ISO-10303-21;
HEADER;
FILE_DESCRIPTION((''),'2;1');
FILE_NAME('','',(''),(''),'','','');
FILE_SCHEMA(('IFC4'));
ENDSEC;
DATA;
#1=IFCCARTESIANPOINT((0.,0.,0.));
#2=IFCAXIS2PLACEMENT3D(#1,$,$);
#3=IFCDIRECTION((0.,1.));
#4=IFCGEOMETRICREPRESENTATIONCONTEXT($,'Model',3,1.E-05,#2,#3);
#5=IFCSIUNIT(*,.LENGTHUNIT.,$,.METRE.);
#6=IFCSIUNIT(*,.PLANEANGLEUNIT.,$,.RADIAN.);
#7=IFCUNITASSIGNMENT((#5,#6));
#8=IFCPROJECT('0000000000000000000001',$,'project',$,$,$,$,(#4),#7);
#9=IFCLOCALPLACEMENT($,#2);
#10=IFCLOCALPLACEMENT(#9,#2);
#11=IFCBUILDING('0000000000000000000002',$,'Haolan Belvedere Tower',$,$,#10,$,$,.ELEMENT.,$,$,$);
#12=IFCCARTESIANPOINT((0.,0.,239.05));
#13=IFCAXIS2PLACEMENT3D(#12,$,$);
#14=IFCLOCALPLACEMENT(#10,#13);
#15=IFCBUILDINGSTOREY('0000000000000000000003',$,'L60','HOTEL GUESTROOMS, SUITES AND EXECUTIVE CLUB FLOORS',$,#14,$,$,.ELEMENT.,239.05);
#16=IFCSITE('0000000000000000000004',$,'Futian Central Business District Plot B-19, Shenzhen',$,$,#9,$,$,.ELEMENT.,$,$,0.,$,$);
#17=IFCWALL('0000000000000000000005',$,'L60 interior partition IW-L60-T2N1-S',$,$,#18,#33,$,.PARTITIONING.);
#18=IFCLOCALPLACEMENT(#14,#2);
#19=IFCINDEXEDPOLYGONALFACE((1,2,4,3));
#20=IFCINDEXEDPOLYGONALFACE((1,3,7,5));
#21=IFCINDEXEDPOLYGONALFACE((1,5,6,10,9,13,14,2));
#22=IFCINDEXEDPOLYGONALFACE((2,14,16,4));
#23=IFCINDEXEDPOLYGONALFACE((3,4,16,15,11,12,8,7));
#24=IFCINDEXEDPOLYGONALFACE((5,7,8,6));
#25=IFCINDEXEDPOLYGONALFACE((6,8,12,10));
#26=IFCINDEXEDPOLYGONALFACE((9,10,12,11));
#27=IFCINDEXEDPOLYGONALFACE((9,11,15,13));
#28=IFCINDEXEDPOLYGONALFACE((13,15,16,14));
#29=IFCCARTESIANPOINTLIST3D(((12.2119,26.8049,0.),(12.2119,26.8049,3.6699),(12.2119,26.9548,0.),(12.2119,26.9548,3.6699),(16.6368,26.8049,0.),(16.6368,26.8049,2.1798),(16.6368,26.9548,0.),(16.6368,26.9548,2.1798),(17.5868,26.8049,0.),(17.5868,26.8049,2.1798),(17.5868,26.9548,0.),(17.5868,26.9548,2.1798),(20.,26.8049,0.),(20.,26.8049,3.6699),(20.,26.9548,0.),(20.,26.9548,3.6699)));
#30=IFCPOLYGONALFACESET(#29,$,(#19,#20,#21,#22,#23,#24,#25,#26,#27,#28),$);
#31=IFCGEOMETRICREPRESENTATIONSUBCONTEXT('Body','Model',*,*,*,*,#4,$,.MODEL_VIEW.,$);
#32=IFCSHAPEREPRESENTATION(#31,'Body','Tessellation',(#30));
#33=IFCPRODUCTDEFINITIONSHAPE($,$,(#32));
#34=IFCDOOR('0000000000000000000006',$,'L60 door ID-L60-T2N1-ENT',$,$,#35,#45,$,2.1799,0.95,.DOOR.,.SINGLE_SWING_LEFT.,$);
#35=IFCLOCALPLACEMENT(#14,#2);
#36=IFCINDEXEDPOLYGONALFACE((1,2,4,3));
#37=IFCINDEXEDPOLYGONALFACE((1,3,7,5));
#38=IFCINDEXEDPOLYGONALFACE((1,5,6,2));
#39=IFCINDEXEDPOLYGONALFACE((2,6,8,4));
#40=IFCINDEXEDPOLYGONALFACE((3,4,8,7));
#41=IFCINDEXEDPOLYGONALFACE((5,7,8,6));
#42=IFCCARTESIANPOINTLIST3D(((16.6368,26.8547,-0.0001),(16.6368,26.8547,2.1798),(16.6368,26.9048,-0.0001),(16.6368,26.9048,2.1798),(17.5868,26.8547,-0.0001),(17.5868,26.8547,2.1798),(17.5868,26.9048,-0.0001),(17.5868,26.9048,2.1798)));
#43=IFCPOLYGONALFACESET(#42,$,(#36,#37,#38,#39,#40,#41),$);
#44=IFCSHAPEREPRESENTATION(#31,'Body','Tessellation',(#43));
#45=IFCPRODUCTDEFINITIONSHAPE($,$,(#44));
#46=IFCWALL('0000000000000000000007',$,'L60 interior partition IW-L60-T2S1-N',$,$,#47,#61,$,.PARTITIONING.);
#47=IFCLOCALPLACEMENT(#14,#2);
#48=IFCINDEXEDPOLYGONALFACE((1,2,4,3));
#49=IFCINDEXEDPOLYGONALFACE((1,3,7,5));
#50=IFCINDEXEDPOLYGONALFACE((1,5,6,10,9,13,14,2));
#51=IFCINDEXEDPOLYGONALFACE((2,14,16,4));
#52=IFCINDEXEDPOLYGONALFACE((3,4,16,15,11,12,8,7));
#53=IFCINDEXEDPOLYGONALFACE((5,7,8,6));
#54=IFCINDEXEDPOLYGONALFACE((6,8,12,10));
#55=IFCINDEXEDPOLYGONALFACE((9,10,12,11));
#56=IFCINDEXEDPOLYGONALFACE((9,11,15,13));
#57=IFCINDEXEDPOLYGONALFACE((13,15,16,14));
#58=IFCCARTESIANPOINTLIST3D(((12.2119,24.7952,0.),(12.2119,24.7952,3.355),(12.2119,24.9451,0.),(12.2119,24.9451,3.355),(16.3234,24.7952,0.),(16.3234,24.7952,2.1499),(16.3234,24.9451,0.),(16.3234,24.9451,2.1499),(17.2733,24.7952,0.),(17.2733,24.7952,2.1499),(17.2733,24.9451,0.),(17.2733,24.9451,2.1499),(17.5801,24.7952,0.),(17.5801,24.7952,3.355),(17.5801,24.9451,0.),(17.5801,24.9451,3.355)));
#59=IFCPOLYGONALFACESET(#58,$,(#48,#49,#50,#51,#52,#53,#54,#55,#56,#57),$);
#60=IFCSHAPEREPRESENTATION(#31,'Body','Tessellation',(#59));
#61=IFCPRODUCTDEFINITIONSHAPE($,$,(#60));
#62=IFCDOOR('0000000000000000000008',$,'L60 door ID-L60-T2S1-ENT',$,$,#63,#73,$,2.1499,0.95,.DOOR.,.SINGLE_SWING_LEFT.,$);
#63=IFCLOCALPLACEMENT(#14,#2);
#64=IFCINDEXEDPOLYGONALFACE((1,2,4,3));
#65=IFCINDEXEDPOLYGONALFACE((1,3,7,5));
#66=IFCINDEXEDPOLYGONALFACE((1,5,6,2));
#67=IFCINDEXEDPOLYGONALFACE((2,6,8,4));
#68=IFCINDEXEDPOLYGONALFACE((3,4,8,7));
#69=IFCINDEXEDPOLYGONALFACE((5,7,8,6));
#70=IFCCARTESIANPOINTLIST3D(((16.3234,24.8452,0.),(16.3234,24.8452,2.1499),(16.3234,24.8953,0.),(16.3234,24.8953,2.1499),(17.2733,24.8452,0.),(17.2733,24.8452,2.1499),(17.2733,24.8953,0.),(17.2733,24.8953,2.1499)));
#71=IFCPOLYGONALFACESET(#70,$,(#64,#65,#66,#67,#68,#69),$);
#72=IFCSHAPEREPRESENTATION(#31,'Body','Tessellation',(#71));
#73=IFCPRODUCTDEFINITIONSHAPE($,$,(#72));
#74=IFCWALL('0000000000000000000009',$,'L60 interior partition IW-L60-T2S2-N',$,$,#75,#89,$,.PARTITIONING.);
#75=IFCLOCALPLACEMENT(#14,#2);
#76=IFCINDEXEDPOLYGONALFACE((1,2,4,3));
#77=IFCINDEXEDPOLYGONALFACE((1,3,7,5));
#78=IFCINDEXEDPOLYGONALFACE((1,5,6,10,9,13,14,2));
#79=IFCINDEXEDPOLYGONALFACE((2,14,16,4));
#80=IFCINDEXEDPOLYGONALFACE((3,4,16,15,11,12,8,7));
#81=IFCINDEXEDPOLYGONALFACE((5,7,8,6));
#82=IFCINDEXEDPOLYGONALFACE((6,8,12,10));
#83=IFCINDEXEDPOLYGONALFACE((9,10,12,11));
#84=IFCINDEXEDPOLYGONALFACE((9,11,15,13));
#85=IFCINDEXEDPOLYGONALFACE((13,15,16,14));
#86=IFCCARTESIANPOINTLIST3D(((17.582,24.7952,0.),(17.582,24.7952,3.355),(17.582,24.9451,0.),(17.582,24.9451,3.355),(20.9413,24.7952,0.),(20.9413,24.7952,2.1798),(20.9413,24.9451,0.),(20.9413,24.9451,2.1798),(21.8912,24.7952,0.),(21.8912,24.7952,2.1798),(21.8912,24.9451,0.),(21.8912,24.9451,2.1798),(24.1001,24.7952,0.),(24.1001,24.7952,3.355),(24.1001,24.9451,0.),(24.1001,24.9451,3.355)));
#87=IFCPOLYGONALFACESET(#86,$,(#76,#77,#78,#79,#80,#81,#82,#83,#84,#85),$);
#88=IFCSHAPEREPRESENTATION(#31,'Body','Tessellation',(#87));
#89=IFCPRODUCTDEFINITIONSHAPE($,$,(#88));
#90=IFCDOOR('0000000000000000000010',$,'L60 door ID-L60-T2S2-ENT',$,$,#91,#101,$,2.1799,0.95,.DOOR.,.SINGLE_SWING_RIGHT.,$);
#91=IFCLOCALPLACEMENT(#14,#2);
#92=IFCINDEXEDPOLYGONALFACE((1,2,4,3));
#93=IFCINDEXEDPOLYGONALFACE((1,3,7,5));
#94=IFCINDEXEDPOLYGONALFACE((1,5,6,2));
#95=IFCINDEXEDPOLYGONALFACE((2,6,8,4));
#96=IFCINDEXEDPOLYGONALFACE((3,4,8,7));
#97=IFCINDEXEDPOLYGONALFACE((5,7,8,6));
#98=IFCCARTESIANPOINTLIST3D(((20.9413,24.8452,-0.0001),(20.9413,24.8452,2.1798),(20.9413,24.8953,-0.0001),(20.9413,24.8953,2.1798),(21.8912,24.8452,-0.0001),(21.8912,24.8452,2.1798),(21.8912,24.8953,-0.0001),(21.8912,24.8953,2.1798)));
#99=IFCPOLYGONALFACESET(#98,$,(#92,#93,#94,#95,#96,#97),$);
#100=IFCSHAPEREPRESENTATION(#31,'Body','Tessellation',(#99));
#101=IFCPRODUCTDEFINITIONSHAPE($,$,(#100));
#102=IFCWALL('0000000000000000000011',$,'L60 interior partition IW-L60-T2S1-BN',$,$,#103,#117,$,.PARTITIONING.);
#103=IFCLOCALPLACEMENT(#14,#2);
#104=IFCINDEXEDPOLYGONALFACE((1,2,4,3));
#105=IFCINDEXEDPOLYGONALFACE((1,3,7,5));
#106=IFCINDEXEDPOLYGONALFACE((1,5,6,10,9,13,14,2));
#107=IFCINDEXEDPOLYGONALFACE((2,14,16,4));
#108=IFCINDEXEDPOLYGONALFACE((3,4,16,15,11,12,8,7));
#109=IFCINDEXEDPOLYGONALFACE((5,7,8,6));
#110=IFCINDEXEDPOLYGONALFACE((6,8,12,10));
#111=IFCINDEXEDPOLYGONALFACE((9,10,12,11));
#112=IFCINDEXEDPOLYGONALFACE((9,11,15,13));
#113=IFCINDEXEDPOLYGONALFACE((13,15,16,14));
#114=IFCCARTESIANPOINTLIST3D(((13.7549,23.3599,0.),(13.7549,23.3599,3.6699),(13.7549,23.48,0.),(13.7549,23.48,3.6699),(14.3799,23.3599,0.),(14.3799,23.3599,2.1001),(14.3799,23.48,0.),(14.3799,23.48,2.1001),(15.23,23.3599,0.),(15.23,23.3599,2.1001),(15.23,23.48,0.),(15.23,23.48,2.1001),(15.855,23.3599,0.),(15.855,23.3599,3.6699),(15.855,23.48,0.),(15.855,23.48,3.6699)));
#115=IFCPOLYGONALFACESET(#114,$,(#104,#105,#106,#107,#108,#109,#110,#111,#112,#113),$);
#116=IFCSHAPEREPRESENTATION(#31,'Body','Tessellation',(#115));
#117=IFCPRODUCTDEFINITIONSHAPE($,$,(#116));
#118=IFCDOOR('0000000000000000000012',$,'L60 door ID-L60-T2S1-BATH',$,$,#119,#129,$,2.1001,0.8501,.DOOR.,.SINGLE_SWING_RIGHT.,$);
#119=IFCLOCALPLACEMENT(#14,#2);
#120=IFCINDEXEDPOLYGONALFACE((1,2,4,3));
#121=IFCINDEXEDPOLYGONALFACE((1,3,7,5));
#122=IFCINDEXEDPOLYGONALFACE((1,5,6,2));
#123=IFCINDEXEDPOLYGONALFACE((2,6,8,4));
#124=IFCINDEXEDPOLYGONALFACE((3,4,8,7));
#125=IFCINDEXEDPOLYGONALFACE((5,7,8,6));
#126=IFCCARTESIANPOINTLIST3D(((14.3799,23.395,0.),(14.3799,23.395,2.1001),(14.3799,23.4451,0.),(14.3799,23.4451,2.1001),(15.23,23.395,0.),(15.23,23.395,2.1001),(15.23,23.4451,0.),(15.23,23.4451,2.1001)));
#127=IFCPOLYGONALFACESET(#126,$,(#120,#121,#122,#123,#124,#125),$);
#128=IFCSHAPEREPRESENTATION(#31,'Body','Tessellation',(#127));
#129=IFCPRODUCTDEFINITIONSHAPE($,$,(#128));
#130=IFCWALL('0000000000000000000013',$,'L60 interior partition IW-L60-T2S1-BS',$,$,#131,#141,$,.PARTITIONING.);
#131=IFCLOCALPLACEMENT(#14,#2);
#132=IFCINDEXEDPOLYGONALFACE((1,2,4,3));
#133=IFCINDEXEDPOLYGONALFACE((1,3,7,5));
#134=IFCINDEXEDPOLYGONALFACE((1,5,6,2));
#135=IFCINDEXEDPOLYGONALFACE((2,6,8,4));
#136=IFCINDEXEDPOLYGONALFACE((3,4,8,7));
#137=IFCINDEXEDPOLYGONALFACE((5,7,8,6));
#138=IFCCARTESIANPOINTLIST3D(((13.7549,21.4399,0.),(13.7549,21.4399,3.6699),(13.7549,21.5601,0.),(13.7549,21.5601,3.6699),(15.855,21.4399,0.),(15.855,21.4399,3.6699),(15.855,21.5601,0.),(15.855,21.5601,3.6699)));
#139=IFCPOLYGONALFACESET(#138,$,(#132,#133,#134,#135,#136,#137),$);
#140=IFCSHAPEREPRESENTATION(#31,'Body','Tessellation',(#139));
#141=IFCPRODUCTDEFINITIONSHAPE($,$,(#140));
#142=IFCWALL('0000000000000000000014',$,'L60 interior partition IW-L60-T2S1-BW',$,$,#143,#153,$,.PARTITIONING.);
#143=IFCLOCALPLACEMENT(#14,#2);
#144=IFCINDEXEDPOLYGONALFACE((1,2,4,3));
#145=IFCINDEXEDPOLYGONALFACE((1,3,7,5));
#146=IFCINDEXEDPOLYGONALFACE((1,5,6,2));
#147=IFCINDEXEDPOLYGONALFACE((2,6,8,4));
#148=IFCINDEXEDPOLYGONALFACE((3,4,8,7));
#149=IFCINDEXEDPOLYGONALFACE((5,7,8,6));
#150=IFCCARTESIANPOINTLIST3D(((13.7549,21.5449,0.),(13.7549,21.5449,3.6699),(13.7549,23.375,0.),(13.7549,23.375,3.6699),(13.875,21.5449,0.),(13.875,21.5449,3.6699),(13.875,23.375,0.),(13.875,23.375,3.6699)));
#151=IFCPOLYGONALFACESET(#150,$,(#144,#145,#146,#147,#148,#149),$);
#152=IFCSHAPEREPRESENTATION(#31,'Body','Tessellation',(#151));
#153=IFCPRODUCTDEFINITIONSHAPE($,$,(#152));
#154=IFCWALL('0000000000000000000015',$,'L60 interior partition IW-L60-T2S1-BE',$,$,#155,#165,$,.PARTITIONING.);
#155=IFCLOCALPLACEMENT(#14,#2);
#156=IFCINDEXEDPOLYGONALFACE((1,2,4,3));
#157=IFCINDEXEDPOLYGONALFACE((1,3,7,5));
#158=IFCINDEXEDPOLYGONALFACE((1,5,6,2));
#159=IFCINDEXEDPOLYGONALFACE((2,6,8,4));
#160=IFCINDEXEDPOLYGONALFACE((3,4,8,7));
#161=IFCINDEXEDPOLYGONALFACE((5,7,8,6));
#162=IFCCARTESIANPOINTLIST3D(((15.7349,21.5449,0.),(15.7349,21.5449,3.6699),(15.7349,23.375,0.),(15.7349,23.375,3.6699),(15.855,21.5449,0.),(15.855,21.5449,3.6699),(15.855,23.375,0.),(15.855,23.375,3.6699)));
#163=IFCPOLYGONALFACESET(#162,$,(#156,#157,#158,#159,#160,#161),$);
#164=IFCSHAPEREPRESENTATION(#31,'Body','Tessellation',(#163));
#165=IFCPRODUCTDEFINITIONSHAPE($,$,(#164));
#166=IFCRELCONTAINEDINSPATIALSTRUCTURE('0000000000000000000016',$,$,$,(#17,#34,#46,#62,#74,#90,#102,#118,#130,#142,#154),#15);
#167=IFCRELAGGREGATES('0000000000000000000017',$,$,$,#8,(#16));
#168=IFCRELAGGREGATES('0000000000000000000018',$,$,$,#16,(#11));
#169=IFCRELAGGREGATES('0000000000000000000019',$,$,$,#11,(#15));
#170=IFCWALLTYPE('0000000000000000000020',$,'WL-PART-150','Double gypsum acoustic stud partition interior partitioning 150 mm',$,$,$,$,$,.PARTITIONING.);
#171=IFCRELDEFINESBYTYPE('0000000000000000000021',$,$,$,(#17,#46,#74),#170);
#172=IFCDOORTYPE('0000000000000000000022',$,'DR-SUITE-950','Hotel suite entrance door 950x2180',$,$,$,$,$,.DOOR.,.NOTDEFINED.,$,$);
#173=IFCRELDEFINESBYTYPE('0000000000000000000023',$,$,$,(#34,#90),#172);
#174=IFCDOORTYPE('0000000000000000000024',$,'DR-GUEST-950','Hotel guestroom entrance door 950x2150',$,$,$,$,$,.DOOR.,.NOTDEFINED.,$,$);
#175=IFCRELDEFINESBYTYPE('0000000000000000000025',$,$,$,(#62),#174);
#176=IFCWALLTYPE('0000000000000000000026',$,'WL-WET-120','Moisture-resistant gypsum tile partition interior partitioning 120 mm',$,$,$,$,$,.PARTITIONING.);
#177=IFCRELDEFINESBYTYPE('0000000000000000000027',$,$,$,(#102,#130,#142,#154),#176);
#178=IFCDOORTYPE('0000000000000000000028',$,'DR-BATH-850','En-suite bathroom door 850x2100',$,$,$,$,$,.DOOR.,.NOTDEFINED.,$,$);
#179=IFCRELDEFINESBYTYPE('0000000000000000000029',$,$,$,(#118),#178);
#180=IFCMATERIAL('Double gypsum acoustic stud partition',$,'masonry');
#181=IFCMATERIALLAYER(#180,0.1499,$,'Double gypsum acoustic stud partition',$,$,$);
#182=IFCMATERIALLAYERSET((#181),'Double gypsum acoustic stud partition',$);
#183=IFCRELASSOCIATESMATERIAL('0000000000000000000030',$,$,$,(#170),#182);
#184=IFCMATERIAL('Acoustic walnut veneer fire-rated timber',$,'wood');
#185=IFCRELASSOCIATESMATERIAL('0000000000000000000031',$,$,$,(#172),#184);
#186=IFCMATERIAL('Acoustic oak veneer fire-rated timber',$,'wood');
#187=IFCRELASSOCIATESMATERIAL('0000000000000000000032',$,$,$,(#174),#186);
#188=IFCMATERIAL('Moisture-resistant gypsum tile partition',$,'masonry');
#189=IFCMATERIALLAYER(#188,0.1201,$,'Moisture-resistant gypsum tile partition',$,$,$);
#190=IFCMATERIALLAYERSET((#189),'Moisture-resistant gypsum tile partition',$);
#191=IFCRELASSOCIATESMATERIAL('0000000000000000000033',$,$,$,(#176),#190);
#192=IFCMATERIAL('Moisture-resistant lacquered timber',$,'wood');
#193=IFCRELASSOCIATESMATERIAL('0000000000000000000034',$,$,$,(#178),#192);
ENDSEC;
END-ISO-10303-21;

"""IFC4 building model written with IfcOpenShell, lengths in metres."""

from ifc_helpers import new_model, si_unit, direction, frame, frame_2d, origin, place, context, subcontext, project, spatial, rectangle, extrude, material, layer, layer_set, type_object, element, fill, save


model = new_model("IFC4")

# Units and contexts
model_context = context("Model", 3, precision=1e-05, world=origin(), true_north=direction((0.0, 1.0)))
body_context = subcontext(model_context, "Body", "Model", "MODEL_VIEW")
ifc_project = project(units=[si_unit("LENGTHUNIT", "METRE"), si_unit("PLANEANGLEUNIT", "RADIAN")], contexts=[model_context])

# Site, building, storey
site_placement = place(None, origin())
site = spatial("IfcSite", under=ifc_project, at=site_placement, Name="Futian Central Business District Plot B-19, Shenzhen", CompositionType="ELEMENT", RefElevation=0.0)
building_placement = place(site_placement, origin())
building = spatial("IfcBuilding", under=site, at=building_placement, Name="Haolan Belvedere Tower", CompositionType="ELEMENT")
storey_placement = place(building_placement, frame((0.0, 0.0, 239.05)))
storey = spatial("IfcBuildingStorey", under=building, at=storey_placement, Name="L60", Description="HOTEL GUESTROOMS, SUITES AND EXECUTIVE CLUB FLOORS", CompositionType="ELEMENT", Elevation=239.05)

# Walls, openings, doors
ifc_material_1 = material(Name="Double gypsum acoustic stud partition", Category="masonry")
ifc_layer_1 = layer(ifc_material_1, 0.1499, Name="Double gypsum acoustic stud partition")
ifc_layer_set_1 = layer_set([ifc_layer_1], Name="Double gypsum acoustic stud partition")
wall_type_1 = type_object("IfcWallType", Name="WL-PART-150", Description="Double gypsum acoustic stud partition interior partitioning 150 mm", PredefinedType="PARTITIONING", material=ifc_layer_set_1)
wall_1_placement = place(storey_placement, frame((12.2119, 26.8799, 0.0), z_axis=(0.0, 0.0, 1.0), x_axis=(1.0, 0.0, 0.0)))
wall_1 = element("IfcWall", 1, at=wall_1_placement, inside=storey, type_object=wall_type_1, Name="L60 interior partition IW-L60-T2N1-S", PredefinedType="PARTITIONING", context=body_context, shape_type="SweptSolid", body=[
    extrude(rectangle(XDim=7.7881, YDim=0.1499, at=frame_2d((3.894, 0.0))), origin(), (0.0, 0.0, 1.0), 3.6699),
])
opening_1_placement = place(wall_1_placement, frame((4.4248, 0.0, 0.0)))
opening_1 = element("IfcOpeningElement", 2, at=opening_1_placement, cuts=wall_1, PredefinedType="OPENING", context=body_context, shape_type="SweptSolid", body=[
    extrude(rectangle(XDim=0.95, YDim=2.1799, at=frame_2d((0.4751, 1.0898))), frame((0.0, 0.085, 0.0), z_axis=(0.0, -1.0, 0.0), x_axis=(1.0, 0.0, 0.0)), (0.0, 0.0, 1.0), 0.1699),
])
ifc_material_2 = material(Name="Acoustic walnut veneer fire-rated timber", Category="wood")
door_type_1 = type_object("IfcDoorType", Name="DR-SUITE-950", Description="Hotel suite entrance door 950x2180", OperationType="NOTDEFINED", PredefinedType="DOOR", material=ifc_material_2)
door_1_placement = place(opening_1_placement, origin())
door_1 = element("IfcDoor", 3, at=door_1_placement, inside=storey, type_object=door_type_1, Name="L60 door ID-L60-T2N1-ENT", OperationType="SINGLE_SWING_LEFT", OverallHeight=2.1799, OverallWidth=0.95, PredefinedType="DOOR", context=body_context, shape_type="SweptSolid", body=[
    extrude(rectangle(XDim=0.95, YDim=2.1799, at=frame_2d((0.4751, 1.0898))), frame((0.0, 0.0249, 0.0), z_axis=(0.0, -1.0, 0.0), x_axis=(1.0, 0.0, 0.0)), (0.0, 0.0, 1.0), 0.05),
])
fill(opening_1, door_1)
wall_2_placement = place(storey_placement, frame((12.2119, 24.8701, 0.0), z_axis=(0.0, 0.0, 1.0), x_axis=(1.0, 0.0, 0.0)))
wall_2 = element("IfcWall", 4, at=wall_2_placement, inside=storey, type_object=wall_type_1, Name="L60 interior partition IW-L60-T2S1-N", PredefinedType="PARTITIONING", context=body_context, shape_type="SweptSolid", body=[
    extrude(rectangle(XDim=5.3682, YDim=0.1499, at=frame_2d((2.6841, 0.0))), origin(), (0.0, 0.0, 1.0), 3.355),
])
opening_2_placement = place(wall_2_placement, frame((5.0615, 0.0, 0.0), z_axis=(0.0, 0.0, 1.0), x_axis=(-1.0, 0.0, 0.0)))
opening_2 = element("IfcOpeningElement", 5, at=opening_2_placement, cuts=wall_2, PredefinedType="OPENING", context=body_context, shape_type="SweptSolid", body=[
    extrude(rectangle(XDim=0.95, YDim=2.1499, at=frame_2d((0.4751, 1.075))), frame((0.0, 0.085, 0.0), z_axis=(0.0, -1.0, 0.0), x_axis=(1.0, 0.0, 0.0)), (0.0, 0.0, 1.0), 0.1699),
])
ifc_material_3 = material(Name="Acoustic oak veneer fire-rated timber", Category="wood")
door_type_2 = type_object("IfcDoorType", Name="DR-GUEST-950", Description="Hotel guestroom entrance door 950x2150", OperationType="NOTDEFINED", PredefinedType="DOOR", material=ifc_material_3)
door_2_placement = place(opening_2_placement, origin())
door_2 = element("IfcDoor", 6, at=door_2_placement, inside=storey, type_object=door_type_2, Name="L60 door ID-L60-T2S1-ENT", OperationType="SINGLE_SWING_LEFT", OverallHeight=2.1499, OverallWidth=0.95, PredefinedType="DOOR", context=body_context, shape_type="SweptSolid", body=[
    extrude(rectangle(XDim=0.95, YDim=2.1499, at=frame_2d((0.4751, 1.075))), frame((0.0, 0.0249, 0.0), z_axis=(0.0, -1.0, 0.0), x_axis=(1.0, 0.0, 0.0)), (0.0, 0.0, 1.0), 0.05),
])
fill(opening_2, door_2)
wall_3_placement = place(storey_placement, frame((17.582, 24.8701, 0.0), z_axis=(0.0, 0.0, 1.0), x_axis=(1.0, 0.0, 0.0)))
wall_3 = element("IfcWall", 7, at=wall_3_placement, inside=storey, type_object=wall_type_1, Name="L60 interior partition IW-L60-T2S2-N", PredefinedType="PARTITIONING", context=body_context, shape_type="SweptSolid", body=[
    extrude(rectangle(XDim=6.5181, YDim=0.1499, at=frame_2d((3.259, 0.0))), origin(), (0.0, 0.0, 1.0), 3.355),
])
opening_3_placement = place(wall_3_placement, frame((4.3093, 0.0, 0.0), z_axis=(0.0, 0.0, 1.0), x_axis=(-1.0, 0.0, 0.0)))
opening_3 = element("IfcOpeningElement", 8, at=opening_3_placement, cuts=wall_3, PredefinedType="OPENING", context=body_context, shape_type="SweptSolid", body=[
    extrude(rectangle(XDim=0.95, YDim=2.1799, at=frame_2d((0.4751, 1.0898))), frame((0.0, 0.085, 0.0), z_axis=(0.0, -1.0, 0.0), x_axis=(1.0, 0.0, 0.0)), (0.0, 0.0, 1.0), 0.1699),
])
door_3_placement = place(opening_3_placement, origin())
door_3 = element("IfcDoor", 9, at=door_3_placement, inside=storey, type_object=door_type_1, Name="L60 door ID-L60-T2S2-ENT", OperationType="SINGLE_SWING_RIGHT", OverallHeight=2.1799, OverallWidth=0.95, PredefinedType="DOOR", context=body_context, shape_type="SweptSolid", body=[
    extrude(rectangle(XDim=0.95, YDim=2.1799, at=frame_2d((0.4751, 1.0898))), frame((0.0, 0.0249, 0.0), z_axis=(0.0, -1.0, 0.0), x_axis=(1.0, 0.0, 0.0)), (0.0, 0.0, 1.0), 0.05),
])
fill(opening_3, door_3)
ifc_material_4 = material(Name="Moisture-resistant gypsum tile partition", Category="masonry")
ifc_layer_2 = layer(ifc_material_4, 0.1201, Name="Moisture-resistant gypsum tile partition")
ifc_layer_set_2 = layer_set([ifc_layer_2], Name="Moisture-resistant gypsum tile partition")
wall_type_2 = type_object("IfcWallType", Name="WL-WET-120", Description="Moisture-resistant gypsum tile partition interior partitioning 120 mm", PredefinedType="PARTITIONING", material=ifc_layer_set_2)
wall_4_placement = place(storey_placement, frame((13.7549, 23.4199, 0.0), z_axis=(0.0, 0.0, 1.0), x_axis=(1.0, 0.0, 0.0)))
wall_4 = element("IfcWall", 10, at=wall_4_placement, inside=storey, type_object=wall_type_2, Name="L60 interior partition IW-L60-T2S1-BN", PredefinedType="PARTITIONING", context=body_context, shape_type="SweptSolid", body=[
    extrude(rectangle(XDim=2.1001, YDim=0.1201, at=frame_2d((1.05, 0.0))), origin(), (0.0, 0.0, 1.0), 3.6699),
])
opening_4_placement = place(wall_4_placement, frame((1.4751, 0.0, 0.0), z_axis=(0.0, 0.0, 1.0), x_axis=(-1.0, 0.0, 0.0)))
opening_4 = element("IfcOpeningElement", 11, at=opening_4_placement, cuts=wall_4, PredefinedType="OPENING", context=body_context, shape_type="SweptSolid", body=[
    extrude(rectangle(XDim=0.8501, YDim=2.1001, at=frame_2d((0.425, 1.05))), frame((0.0, 0.0701, 0.0), z_axis=(0.0, -1.0, 0.0), x_axis=(1.0, 0.0, 0.0)), (0.0, 0.0, 1.0), 0.1401),
])
ifc_material_5 = material(Name="Moisture-resistant lacquered timber", Category="wood")
door_type_3 = type_object("IfcDoorType", Name="DR-BATH-850", Description="En-suite bathroom door 850x2100", OperationType="NOTDEFINED", PredefinedType="DOOR", material=ifc_material_5)
door_4_placement = place(opening_4_placement, origin())
door_4 = element("IfcDoor", 12, at=door_4_placement, inside=storey, type_object=door_type_3, Name="L60 door ID-L60-T2S1-BATH", OperationType="SINGLE_SWING_RIGHT", OverallHeight=2.1001, OverallWidth=0.8501, PredefinedType="DOOR", context=body_context, shape_type="SweptSolid", body=[
    extrude(rectangle(XDim=0.8501, YDim=2.1001, at=frame_2d((0.425, 1.05))), frame((0.0, 0.0249, 0.0), z_axis=(0.0, -1.0, 0.0), x_axis=(1.0, 0.0, 0.0)), (0.0, 0.0, 1.0), 0.05),
])
fill(opening_4, door_4)

# Walls
wall_5_placement = place(storey_placement, frame((13.7549, 21.5, 0.0), z_axis=(0.0, 0.0, 1.0), x_axis=(1.0, 0.0, 0.0)))
element("IfcWall", 13, at=wall_5_placement, inside=storey, type_object=wall_type_2, Name="L60 interior partition IW-L60-T2S1-BS", PredefinedType="PARTITIONING", context=body_context, shape_type="SweptSolid", body=[
    extrude(rectangle(XDim=2.1001, YDim=0.1201, at=frame_2d((1.05, 0.0))), origin(), (0.0, 0.0, 1.0), 3.6699),
])
for number, where, z_axis, x_axis, name in (
    (14, (13.8149, 21.5449, 0.0), (0.0, 0.0, 1.0), (0.0, 1.0, 0.0), "L60 interior partition IW-L60-T2S1-BW"),
    (15, (15.7949, 21.5449, 0.0), (0.0, 0.0, 1.0), (0.0, 1.0, 0.0), "L60 interior partition IW-L60-T2S1-BE"),
):
    element("IfcWall", number, at=place(storey_placement, frame(where, z_axis=z_axis, x_axis=x_axis)), inside=storey, type_object=wall_type_2, Name=name, PredefinedType="PARTITIONING", context=body_context, shape_type="SweptSolid", body=[
        extrude(rectangle(XDim=1.8301, YDim=0.1201, at=frame_2d((0.915, 0.0))), origin(), (0.0, 0.0, 1.0), 3.6699),
    ])

save(model, "model.ifc")
